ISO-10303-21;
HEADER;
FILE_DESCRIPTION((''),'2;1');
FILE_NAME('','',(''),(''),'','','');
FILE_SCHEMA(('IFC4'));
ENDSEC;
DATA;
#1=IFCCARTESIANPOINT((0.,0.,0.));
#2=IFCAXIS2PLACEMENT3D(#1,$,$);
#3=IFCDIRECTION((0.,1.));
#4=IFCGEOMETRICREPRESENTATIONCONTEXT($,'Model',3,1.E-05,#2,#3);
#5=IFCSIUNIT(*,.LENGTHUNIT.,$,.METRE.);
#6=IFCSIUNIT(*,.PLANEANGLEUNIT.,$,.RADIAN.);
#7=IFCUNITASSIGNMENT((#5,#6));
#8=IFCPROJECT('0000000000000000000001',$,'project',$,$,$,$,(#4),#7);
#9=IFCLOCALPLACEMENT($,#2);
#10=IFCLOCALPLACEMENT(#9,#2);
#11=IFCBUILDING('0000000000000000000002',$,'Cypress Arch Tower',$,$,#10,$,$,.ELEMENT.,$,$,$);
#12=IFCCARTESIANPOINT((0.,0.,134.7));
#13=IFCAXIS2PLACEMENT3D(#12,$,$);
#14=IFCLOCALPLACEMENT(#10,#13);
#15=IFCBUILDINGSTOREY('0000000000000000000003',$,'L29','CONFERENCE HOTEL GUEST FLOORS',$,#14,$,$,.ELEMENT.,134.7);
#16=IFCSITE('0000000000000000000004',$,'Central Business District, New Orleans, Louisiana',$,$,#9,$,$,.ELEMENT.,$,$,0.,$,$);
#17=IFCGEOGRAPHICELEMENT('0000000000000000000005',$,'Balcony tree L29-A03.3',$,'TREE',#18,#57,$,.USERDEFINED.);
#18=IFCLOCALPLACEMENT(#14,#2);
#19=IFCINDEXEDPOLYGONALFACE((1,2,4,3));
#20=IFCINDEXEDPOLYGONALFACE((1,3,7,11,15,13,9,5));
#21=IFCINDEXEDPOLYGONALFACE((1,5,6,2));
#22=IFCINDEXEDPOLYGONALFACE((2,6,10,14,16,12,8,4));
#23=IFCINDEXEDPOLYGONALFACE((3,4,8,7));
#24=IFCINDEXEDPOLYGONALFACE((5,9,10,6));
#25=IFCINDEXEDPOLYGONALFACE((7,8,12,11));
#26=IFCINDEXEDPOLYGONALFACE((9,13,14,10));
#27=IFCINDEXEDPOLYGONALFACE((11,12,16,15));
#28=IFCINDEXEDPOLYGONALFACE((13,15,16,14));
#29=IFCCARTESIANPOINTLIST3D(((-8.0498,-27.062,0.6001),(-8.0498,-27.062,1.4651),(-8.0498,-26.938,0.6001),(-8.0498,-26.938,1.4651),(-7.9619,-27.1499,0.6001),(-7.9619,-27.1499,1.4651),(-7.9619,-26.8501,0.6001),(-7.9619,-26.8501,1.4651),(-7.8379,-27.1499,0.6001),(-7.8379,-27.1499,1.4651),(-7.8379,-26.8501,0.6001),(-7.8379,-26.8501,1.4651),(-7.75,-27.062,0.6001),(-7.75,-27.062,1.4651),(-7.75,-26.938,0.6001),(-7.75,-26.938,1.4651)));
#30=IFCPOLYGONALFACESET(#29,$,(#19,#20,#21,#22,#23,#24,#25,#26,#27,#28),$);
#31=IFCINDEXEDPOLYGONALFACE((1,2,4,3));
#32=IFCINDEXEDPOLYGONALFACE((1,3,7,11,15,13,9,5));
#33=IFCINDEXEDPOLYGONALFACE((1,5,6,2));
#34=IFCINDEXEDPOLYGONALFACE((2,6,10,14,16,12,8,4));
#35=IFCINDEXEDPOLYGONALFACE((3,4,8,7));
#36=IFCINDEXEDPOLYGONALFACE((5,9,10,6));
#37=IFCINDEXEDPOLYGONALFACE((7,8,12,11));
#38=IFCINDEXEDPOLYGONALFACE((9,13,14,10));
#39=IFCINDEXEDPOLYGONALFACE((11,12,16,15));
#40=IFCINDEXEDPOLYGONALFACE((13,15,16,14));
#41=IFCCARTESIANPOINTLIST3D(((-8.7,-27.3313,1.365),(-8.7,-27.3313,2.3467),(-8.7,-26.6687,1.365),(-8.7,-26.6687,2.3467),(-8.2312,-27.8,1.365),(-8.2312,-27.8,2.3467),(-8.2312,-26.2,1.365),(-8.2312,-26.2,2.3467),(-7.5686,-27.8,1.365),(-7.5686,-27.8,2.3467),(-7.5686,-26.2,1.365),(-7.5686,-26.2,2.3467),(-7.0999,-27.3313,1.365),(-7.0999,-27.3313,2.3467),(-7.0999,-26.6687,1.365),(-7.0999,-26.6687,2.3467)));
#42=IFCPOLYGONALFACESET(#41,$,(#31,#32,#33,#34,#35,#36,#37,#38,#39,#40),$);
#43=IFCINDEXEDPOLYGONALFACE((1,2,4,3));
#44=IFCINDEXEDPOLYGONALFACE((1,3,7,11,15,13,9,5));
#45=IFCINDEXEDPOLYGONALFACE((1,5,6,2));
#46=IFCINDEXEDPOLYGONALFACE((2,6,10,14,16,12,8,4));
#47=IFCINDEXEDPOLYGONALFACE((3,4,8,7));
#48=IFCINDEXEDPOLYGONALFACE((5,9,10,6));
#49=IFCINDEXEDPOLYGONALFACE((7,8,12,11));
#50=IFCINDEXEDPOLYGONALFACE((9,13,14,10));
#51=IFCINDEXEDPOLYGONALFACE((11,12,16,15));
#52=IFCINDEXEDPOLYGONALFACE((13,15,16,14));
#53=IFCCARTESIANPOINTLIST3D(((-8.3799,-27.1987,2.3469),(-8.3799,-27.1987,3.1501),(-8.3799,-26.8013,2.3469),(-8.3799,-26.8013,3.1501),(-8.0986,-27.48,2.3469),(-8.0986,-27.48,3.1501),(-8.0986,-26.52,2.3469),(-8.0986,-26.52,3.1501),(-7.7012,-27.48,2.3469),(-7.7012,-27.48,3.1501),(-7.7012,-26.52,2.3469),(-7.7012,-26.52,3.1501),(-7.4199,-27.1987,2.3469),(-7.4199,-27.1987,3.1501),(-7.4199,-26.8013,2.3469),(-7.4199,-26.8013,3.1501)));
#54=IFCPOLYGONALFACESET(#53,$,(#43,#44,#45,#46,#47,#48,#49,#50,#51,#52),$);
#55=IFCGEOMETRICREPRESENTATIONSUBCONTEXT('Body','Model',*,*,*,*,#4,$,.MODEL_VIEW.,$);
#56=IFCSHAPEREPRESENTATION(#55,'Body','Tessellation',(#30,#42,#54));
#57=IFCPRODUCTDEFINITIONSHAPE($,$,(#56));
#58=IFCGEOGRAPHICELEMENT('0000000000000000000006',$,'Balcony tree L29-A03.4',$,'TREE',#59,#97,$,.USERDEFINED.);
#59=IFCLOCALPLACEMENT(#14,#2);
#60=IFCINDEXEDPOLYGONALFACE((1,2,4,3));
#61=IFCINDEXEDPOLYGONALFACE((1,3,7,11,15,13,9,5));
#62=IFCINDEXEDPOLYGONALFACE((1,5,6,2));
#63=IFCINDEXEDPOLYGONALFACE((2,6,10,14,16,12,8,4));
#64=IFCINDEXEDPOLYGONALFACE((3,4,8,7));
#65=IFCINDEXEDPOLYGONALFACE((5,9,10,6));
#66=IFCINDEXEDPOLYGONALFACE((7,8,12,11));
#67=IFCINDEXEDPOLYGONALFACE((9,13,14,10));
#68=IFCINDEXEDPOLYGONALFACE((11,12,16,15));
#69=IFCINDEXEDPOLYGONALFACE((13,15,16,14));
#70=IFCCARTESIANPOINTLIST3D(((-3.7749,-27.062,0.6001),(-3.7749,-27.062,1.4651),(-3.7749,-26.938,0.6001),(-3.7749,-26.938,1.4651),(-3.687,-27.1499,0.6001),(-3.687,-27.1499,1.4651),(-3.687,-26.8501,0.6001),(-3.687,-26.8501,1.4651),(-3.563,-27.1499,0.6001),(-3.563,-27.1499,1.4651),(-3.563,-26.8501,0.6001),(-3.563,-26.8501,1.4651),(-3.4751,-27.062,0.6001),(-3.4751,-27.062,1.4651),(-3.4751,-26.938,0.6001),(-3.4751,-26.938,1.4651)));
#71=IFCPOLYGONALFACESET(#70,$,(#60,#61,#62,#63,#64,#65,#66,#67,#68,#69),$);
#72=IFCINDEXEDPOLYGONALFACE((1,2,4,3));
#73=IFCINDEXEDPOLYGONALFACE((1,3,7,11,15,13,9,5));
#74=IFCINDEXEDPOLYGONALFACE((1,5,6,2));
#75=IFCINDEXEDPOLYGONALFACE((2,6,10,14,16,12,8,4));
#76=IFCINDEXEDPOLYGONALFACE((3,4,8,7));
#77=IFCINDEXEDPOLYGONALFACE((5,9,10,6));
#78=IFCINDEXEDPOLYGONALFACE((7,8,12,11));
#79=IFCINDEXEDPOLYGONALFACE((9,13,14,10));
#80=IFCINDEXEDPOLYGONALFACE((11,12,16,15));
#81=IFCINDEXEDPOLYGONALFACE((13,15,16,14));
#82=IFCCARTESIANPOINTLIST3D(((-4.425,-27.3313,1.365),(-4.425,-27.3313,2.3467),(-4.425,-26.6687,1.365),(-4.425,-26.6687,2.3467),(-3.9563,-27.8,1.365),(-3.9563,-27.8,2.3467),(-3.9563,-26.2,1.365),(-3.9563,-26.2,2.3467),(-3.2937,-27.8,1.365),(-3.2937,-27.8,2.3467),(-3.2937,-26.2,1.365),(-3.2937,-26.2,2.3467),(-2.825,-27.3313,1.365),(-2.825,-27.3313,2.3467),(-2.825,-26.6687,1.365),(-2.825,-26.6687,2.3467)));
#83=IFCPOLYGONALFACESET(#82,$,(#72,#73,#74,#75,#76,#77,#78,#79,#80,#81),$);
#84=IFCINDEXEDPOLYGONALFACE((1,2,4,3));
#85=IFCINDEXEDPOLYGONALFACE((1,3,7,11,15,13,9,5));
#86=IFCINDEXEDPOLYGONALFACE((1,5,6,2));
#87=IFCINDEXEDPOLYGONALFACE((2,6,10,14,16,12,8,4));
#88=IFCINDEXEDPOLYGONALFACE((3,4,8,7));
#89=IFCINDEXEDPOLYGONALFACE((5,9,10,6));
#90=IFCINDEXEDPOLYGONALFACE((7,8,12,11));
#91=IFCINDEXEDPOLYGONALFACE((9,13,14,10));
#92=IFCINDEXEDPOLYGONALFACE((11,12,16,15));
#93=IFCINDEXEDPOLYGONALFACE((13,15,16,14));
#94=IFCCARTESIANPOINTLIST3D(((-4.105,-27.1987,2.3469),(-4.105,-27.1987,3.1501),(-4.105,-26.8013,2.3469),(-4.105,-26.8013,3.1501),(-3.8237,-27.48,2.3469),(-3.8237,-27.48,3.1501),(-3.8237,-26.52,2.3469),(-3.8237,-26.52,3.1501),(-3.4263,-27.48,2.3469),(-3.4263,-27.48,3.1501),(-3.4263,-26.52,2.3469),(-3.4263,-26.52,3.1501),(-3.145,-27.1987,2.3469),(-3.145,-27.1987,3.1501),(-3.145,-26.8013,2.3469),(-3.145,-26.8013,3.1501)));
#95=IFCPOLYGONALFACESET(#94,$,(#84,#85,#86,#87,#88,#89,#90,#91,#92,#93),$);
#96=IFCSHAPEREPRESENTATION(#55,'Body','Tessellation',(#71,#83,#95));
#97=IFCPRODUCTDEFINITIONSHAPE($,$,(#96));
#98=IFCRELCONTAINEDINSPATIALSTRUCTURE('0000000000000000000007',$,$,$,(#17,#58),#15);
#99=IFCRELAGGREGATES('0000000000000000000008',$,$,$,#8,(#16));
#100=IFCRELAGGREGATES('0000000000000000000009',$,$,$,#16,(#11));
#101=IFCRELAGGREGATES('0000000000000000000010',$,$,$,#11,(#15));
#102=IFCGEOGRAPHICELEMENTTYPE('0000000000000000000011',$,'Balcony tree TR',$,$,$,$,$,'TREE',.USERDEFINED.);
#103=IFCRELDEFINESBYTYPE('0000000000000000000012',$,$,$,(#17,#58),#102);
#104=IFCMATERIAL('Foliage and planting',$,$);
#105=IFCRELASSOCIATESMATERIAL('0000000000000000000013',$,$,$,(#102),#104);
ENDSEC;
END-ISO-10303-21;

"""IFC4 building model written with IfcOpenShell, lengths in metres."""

from ifc_helpers import new_model, si_unit, direction, frame, origin, place, context, subcontext, project, spatial, polyline, outline, extrude, material, type_object, element, save


model = new_model("IFC4")

# Units and contexts
model_context = context("Model", 3, precision=1e-05, world=origin(), true_north=direction((0.0, 1.0)))
body_context = subcontext(model_context, "Body", "Model", "MODEL_VIEW")
ifc_project = project(units=[si_unit("LENGTHUNIT", "METRE"), si_unit("PLANEANGLEUNIT", "RADIAN")], contexts=[model_context])

# Site, building, storey
site_placement = place(None, origin())
site = spatial("IfcSite", under=ifc_project, at=site_placement, Name="Central Business District, New Orleans, Louisiana", CompositionType="ELEMENT", RefElevation=0.0)
building_placement = place(site_placement, origin())
building = spatial("IfcBuilding", under=site, at=building_placement, Name="Cypress Arch Tower", CompositionType="ELEMENT")
storey_placement = place(building_placement, frame((0.0, 0.0, 134.7)))
storey = spatial("IfcBuildingStorey", under=building, at=storey_placement, Name="L29", Description="CONFERENCE HOTEL GUEST FLOORS", CompositionType="ELEMENT", Elevation=134.7)

# Geographic elements
ifc_material_1 = material(Name="Foliage and planting")
geographic_element_type = type_object("IfcGeographicElementType", Name="Balcony tree TR", ElementType="TREE", PredefinedType="USERDEFINED", material=ifc_material_1)
for number, where, z_axis, x_axis, name in (
    (1, (-7.8999, -27.0, 0.6001), (0.0, 0.0, 1.0), (1.0, 0.0, 0.0), "Balcony tree L29-A03.3"),
    (2, (-3.625, -27.0, 0.6001), (0.0, 0.0, 1.0), (1.0, 0.0, 0.0), "Balcony tree L29-A03.4"),
):
    element("IfcGeographicElement", number, at=place(storey_placement, frame(where, z_axis=z_axis, x_axis=x_axis)), inside=storey, type_object=geographic_element_type, Name=name, ObjectType="TREE", PredefinedType="USERDEFINED", context=body_context, shape_type="SweptSolid", body=[
        extrude(outline(polyline([(0.1499, 0.062), (0.062, 0.1499), (-0.062, 0.1499), (-0.1499, 0.062), (-0.1499, -0.062), (-0.062, -0.1499), (0.062, -0.1499), (0.1499, -0.062), (0.1499, 0.062)])), origin(), (0.0, 0.0, 1.0), 0.865),
        extrude(outline(polyline([(0.8, 0.3313), (0.3313, 0.8), (-0.3313, 0.8), (-0.8, 0.3313), (-0.8, -0.3313), (-0.3313, -0.8), (0.3313, -0.8), (0.8, -0.3313), (0.8, 0.3313)])), frame((0.0, 0.0, 0.7649)), (0.0, 0.0, 1.0), 0.9817),
        extrude(outline(polyline([(0.48, 0.1987), (0.1987, 0.48), (-0.1987, 0.48), (-0.48, 0.1987), (-0.48, -0.1987), (-0.1987, -0.48), (0.1987, -0.48), (0.48, -0.1987), (0.48, 0.1987)])), frame((0.0, 0.0, 1.7468)), (0.0, 0.0, 1.0), 0.8032),
    ])

save(model, "model.ifc")
